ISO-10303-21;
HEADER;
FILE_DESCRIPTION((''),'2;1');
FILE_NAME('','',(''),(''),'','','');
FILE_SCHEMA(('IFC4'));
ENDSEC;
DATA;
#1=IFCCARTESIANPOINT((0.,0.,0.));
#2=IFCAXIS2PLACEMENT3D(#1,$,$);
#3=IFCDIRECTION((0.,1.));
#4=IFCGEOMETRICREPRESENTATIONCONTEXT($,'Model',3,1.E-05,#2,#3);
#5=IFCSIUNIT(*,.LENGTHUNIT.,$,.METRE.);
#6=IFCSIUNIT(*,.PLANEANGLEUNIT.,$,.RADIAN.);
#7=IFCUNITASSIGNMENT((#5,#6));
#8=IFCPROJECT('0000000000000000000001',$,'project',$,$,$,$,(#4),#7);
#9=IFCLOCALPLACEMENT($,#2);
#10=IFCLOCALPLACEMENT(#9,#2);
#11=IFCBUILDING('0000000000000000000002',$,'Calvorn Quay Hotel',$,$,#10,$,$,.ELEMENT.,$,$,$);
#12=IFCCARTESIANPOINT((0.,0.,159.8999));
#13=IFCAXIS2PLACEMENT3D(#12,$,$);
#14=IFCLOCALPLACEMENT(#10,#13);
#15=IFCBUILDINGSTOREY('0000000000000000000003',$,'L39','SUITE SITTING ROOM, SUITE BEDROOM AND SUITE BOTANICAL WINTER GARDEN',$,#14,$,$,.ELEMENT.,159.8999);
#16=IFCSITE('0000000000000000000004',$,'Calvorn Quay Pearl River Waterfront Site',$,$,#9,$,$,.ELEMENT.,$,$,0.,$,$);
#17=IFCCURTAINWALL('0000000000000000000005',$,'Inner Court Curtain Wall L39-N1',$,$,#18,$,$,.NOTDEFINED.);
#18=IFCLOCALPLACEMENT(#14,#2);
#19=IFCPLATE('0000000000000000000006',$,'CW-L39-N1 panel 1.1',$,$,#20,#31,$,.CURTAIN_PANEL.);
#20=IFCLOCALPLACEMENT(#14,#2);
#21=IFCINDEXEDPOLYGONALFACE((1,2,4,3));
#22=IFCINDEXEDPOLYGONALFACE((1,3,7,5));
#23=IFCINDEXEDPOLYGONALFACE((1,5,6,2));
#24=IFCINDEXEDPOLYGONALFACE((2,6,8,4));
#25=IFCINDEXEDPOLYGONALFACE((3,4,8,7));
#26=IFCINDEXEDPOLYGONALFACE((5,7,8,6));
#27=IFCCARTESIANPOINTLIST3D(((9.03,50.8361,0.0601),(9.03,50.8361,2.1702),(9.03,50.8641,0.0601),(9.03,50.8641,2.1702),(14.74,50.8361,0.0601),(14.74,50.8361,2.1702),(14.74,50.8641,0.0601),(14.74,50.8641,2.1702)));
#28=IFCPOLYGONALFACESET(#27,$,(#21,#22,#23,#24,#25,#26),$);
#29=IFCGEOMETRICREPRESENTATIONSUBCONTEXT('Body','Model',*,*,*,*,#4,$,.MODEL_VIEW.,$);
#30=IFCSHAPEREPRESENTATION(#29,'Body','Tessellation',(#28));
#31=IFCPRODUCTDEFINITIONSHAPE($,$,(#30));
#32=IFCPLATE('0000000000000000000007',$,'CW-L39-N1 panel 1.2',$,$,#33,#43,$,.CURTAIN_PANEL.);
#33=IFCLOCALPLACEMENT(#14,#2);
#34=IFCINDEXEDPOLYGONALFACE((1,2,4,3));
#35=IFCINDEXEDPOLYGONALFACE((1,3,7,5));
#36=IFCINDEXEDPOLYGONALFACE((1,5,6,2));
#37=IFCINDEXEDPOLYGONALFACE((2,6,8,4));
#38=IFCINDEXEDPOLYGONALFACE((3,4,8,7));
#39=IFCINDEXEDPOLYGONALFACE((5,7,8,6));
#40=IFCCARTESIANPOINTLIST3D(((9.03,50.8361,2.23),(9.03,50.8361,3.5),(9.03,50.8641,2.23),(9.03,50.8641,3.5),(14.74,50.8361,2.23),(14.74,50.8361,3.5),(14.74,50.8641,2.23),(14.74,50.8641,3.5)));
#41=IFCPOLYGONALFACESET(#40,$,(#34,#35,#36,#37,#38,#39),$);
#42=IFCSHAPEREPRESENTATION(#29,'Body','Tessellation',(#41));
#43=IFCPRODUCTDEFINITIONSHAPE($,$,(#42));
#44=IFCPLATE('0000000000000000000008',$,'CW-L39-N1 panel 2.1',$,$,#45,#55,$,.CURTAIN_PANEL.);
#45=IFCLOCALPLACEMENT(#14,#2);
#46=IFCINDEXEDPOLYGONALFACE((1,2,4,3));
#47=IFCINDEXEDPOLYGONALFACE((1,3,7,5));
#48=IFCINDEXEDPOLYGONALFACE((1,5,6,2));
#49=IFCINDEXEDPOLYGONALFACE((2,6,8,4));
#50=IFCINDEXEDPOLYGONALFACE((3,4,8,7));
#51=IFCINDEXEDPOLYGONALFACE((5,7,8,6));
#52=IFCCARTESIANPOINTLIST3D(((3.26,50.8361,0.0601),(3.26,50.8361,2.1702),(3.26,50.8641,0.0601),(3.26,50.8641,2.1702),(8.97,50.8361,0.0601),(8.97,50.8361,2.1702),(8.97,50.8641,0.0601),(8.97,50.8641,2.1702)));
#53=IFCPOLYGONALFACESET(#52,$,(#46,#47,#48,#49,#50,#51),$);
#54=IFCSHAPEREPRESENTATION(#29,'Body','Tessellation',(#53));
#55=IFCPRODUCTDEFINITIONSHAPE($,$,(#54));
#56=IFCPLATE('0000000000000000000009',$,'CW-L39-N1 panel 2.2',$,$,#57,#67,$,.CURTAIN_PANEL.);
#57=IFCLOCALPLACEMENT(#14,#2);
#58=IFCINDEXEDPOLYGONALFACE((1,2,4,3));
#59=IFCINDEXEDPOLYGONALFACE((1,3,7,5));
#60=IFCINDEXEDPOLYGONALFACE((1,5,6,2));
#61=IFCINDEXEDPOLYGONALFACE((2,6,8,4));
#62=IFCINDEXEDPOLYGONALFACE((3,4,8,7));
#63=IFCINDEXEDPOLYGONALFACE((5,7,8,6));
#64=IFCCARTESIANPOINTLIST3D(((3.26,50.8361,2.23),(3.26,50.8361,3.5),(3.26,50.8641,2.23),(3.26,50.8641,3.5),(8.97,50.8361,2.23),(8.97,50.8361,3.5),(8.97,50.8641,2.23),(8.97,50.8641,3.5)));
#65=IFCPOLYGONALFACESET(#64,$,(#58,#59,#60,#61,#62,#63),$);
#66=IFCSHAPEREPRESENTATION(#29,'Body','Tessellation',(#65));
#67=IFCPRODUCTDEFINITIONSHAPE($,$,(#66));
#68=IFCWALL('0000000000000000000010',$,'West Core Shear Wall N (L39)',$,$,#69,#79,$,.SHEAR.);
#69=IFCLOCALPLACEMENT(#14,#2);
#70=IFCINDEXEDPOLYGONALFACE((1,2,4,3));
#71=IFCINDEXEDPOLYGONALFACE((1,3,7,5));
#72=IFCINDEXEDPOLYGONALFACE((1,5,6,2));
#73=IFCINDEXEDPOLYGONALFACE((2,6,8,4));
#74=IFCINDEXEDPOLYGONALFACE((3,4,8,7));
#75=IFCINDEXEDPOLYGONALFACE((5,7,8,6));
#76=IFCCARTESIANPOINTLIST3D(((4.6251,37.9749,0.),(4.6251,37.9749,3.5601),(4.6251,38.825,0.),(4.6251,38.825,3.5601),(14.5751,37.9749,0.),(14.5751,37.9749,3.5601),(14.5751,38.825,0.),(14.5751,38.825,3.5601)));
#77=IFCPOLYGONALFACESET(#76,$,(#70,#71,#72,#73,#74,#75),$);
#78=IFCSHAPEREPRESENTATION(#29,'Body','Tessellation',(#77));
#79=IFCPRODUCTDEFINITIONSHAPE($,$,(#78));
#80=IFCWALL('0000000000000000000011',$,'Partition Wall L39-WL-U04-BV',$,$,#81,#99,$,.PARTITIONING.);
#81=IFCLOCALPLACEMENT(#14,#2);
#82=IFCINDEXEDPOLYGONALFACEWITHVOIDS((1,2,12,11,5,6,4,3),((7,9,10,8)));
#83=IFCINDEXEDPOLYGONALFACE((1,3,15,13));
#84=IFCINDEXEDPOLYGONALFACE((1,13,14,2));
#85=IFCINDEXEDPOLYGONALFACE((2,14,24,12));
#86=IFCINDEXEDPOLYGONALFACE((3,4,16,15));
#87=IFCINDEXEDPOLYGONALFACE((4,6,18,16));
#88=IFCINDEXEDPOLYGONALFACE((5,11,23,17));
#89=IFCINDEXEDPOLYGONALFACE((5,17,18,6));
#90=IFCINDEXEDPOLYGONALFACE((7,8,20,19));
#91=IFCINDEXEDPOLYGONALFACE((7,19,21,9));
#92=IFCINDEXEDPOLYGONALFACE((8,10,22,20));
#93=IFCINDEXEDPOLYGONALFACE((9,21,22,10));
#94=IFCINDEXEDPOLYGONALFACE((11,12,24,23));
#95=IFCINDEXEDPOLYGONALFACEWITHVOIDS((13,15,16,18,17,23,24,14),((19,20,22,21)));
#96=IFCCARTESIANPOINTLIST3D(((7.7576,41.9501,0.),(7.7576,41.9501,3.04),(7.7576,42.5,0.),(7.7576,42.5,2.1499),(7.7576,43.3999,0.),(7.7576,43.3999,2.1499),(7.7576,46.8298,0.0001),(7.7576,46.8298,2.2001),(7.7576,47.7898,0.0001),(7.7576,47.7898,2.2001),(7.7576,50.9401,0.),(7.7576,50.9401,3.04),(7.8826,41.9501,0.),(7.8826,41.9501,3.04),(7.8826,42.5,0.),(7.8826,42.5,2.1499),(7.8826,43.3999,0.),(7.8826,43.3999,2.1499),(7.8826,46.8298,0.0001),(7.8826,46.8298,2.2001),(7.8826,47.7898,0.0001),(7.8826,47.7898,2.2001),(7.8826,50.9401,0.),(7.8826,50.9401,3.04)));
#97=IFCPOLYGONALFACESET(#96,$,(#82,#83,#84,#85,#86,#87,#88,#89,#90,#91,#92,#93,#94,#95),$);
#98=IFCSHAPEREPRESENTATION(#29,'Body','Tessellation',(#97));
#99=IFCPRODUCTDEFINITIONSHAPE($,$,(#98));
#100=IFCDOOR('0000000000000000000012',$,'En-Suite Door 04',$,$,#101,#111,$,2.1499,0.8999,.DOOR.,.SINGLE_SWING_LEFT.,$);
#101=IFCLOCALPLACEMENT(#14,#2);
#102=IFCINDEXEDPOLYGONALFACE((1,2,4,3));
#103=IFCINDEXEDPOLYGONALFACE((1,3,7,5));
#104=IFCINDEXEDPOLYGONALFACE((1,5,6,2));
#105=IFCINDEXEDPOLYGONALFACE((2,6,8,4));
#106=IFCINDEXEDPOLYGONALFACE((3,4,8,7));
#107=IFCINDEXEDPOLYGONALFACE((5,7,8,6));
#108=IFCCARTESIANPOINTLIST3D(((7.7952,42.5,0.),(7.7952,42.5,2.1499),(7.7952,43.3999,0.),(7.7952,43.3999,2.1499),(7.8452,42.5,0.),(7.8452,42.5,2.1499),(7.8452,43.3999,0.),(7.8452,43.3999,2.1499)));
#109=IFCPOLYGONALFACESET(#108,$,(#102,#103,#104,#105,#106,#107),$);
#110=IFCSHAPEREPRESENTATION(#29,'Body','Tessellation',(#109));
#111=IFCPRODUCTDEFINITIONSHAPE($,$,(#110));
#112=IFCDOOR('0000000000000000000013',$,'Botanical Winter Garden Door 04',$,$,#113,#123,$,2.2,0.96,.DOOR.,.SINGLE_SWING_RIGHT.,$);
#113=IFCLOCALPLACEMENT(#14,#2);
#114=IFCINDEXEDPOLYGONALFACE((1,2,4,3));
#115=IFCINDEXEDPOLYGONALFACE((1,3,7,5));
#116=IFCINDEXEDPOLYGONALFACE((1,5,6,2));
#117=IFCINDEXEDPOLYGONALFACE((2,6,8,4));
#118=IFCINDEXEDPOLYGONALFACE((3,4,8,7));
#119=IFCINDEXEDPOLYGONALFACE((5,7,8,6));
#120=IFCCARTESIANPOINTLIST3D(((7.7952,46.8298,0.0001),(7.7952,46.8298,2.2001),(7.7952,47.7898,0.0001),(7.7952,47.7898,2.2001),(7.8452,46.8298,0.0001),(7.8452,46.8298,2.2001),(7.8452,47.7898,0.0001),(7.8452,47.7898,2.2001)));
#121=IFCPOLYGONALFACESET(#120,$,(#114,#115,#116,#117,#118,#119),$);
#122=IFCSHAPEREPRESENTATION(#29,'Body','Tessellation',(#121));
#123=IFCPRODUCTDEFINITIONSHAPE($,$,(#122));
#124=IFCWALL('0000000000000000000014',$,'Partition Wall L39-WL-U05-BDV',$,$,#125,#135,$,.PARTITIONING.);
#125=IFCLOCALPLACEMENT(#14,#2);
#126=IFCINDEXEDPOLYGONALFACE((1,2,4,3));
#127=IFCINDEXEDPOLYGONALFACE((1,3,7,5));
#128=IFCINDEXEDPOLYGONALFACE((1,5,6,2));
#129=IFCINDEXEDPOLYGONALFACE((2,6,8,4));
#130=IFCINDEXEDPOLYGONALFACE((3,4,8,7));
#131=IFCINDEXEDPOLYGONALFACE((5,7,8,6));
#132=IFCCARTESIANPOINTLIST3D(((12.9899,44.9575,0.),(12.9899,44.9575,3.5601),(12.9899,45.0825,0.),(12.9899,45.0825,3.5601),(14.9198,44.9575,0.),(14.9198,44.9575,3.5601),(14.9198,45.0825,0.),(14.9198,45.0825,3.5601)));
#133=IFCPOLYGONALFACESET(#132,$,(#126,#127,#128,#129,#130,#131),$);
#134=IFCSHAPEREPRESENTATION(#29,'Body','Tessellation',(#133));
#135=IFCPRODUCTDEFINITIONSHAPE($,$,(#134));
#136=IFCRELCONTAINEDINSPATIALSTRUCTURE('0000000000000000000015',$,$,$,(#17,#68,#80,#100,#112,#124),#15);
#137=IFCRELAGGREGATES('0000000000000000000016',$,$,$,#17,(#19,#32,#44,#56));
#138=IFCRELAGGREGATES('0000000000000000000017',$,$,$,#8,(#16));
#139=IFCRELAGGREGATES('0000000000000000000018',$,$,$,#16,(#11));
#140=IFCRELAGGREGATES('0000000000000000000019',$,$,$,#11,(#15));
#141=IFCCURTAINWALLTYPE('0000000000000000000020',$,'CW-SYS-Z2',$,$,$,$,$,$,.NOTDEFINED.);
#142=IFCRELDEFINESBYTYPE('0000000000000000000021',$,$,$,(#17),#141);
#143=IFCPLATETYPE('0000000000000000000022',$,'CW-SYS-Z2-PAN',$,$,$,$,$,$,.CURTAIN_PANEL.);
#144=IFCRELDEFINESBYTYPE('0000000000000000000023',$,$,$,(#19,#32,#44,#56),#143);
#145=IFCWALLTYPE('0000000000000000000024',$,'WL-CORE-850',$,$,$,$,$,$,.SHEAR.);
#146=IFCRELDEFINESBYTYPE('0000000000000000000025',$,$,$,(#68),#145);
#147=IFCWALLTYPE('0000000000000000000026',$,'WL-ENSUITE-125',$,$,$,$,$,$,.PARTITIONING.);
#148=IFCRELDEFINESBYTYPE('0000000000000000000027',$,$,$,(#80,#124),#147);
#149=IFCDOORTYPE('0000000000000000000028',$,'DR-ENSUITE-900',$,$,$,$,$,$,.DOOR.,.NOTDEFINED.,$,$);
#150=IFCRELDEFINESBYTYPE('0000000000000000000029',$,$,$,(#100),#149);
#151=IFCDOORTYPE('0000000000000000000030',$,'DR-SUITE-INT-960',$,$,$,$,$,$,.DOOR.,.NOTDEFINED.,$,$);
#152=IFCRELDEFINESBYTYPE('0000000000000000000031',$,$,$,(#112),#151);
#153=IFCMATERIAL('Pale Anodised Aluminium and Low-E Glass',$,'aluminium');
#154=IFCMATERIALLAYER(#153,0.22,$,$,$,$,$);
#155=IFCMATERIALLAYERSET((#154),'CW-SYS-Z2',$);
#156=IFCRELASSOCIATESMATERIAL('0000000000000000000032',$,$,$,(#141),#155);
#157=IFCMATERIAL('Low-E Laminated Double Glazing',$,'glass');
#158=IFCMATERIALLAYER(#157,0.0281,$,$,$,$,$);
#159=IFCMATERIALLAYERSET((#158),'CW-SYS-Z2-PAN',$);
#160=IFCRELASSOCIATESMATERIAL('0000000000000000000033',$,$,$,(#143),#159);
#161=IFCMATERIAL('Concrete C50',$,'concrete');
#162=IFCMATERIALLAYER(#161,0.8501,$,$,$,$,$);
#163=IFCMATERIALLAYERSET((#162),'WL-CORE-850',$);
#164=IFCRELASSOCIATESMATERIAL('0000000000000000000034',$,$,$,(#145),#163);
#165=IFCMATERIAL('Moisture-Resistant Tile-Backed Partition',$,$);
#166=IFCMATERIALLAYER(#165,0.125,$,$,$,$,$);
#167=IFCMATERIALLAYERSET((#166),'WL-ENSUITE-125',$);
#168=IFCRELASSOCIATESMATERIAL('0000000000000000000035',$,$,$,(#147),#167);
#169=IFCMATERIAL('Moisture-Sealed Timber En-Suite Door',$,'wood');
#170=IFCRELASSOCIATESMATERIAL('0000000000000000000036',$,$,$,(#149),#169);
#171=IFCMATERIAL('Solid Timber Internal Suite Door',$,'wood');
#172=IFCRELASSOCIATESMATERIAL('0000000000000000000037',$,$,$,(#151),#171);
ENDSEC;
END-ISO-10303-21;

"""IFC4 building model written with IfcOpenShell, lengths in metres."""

from ifc_helpers import new_model, si_unit, direction, frame, frame_2d, origin, origin_2d, place, context, subcontext, project, spatial, rectangle, extrude, material, layer, layer_set, type_object, element, fill, aggregate, save


model = new_model("IFC4")

# Units and contexts
model_context = context("Model", 3, precision=1e-05, world=origin(), true_north=direction((0.0, 1.0)))
body_context = subcontext(model_context, "Body", "Model", "MODEL_VIEW")
ifc_project = project(units=[si_unit("LENGTHUNIT", "METRE"), si_unit("PLANEANGLEUNIT", "RADIAN")], contexts=[model_context])

# Site, building, storey
site_placement = place(None, origin())
site = spatial("IfcSite", under=ifc_project, at=site_placement, Name="Calvorn Quay Pearl River Waterfront Site", CompositionType="ELEMENT", RefElevation=0.0)
building_placement = place(site_placement, origin())
building = spatial("IfcBuilding", under=site, at=building_placement, Name="Calvorn Quay Hotel", CompositionType="ELEMENT")
storey_placement = place(building_placement, frame((0.0, 0.0, 159.8999)))
storey = spatial("IfcBuildingStorey", under=building, at=storey_placement, Name="L39", Description="SUITE SITTING ROOM, SUITE BEDROOM AND SUITE BOTANICAL WINTER GARDEN", CompositionType="ELEMENT", Elevation=159.8999)

# Curtain wall, plates
ifc_material_1 = material(Name="Pale Anodised Aluminium and Low-E Glass", Category="aluminium")
ifc_layer_1 = layer(ifc_material_1, 0.22)
ifc_layer_set_1 = layer_set([ifc_layer_1], Name="CW-SYS-Z2")
curtain_wall_type = type_object("IfcCurtainWallType", Name="CW-SYS-Z2", PredefinedType="NOTDEFINED", material=ifc_layer_set_1)
curtain_wall_placement = place(storey_placement, origin())
curtain_wall = element("IfcCurtainWall", 1, at=curtain_wall_placement, inside=storey, type_object=curtain_wall_type, Name="Inner Court Curtain Wall L39-N1", PredefinedType="NOTDEFINED")
ifc_material_2 = material(Name="Low-E Laminated Double Glazing", Category="glass")
ifc_layer_2 = layer(ifc_material_2, 0.0281)
ifc_layer_set_2 = layer_set([ifc_layer_2], Name="CW-SYS-Z2-PAN")
plate_type = type_object("IfcPlateType", Name="CW-SYS-Z2-PAN", PredefinedType="CURTAIN_PANEL", material=ifc_layer_set_2)
plate_1_placement = place(storey_placement, frame((11.885, 50.8501, 0.0601), z_axis=(0.0, 0.0, 1.0), x_axis=(-1.0, 0.0, 0.0)))
plate_1 = element("IfcPlate", 2, at=plate_1_placement, type_object=plate_type, Name="CW-L39-N1 panel 1.1", PredefinedType="CURTAIN_PANEL", context=body_context, shape_type="SweptSolid", body=[
    extrude(rectangle(XDim=5.71, YDim=0.0281, at=origin_2d()), origin(), (0.0, 0.0, 1.0), 2.1101),
])
plate_2_placement = place(storey_placement, frame((11.885, 50.8501, 2.23), z_axis=(0.0, 0.0, 1.0), x_axis=(-1.0, 0.0, 0.0)))
plate_2 = element("IfcPlate", 3, at=plate_2_placement, type_object=plate_type, Name="CW-L39-N1 panel 1.2", PredefinedType="CURTAIN_PANEL", context=body_context, shape_type="SweptSolid", body=[
    extrude(rectangle(XDim=5.71, YDim=0.0281, at=origin_2d()), origin(), (0.0, 0.0, 1.0), 1.27),
])
plate_3_placement = place(storey_placement, frame((6.115, 50.8501, 0.0601), z_axis=(0.0, 0.0, 1.0), x_axis=(-1.0, 0.0, 0.0)))
plate_3 = element("IfcPlate", 4, at=plate_3_placement, type_object=plate_type, Name="CW-L39-N1 panel 2.1", PredefinedType="CURTAIN_PANEL", context=body_context, shape_type="SweptSolid", body=[
    extrude(rectangle(XDim=5.71, YDim=0.0281, at=origin_2d()), origin(), (0.0, 0.0, 1.0), 2.1101),
])
plate_4_placement = place(storey_placement, frame((6.115, 50.8501, 2.23), z_axis=(0.0, 0.0, 1.0), x_axis=(-1.0, 0.0, 0.0)))
plate_4 = element("IfcPlate", 5, at=plate_4_placement, type_object=plate_type, Name="CW-L39-N1 panel 2.2", PredefinedType="CURTAIN_PANEL", context=body_context, shape_type="SweptSolid", body=[
    extrude(rectangle(XDim=5.71, YDim=0.0281, at=origin_2d()), origin(), (0.0, 0.0, 1.0), 1.27),
])
aggregate(curtain_wall, [plate_1, plate_2, plate_3, plate_4])

# Wall
ifc_material_3 = material(Name="Concrete C50", Category="concrete")
ifc_layer_3 = layer(ifc_material_3, 0.8501)
ifc_layer_set_3 = layer_set([ifc_layer_3], Name="WL-CORE-850")
wall_type_1 = type_object("IfcWallType", Name="WL-CORE-850", PredefinedType="SHEAR", material=ifc_layer_set_3)
wall_1_placement = place(storey_placement, frame((4.625, 38.3999, 0.0), z_axis=(0.0, 0.0, 1.0), x_axis=(1.0, 0.0, 0.0)))
element("IfcWall", 6, at=wall_1_placement, inside=storey, type_object=wall_type_1, Name="West Core Shear Wall N (L39)", PredefinedType="SHEAR", context=body_context, shape_type="SweptSolid", body=[
    extrude(rectangle(XDim=9.95, YDim=0.8501, at=frame_2d((4.9751, 0.0))), origin(), (0.0, 0.0, 1.0), 3.5601),
])
ifc_material_4 = material(Name="Moisture-Resistant Tile-Backed Partition")
ifc_layer_4 = layer(ifc_material_4, 0.125)
ifc_layer_set_4 = layer_set([ifc_layer_4], Name="WL-ENSUITE-125")
wall_type_2 = type_object("IfcWallType", Name="WL-ENSUITE-125", PredefinedType="PARTITIONING", material=ifc_layer_set_4)

# Wall, openings, doors
wall_2_placement = place(storey_placement, frame((7.8201, 41.95, 0.0), z_axis=(0.0, 0.0, 1.0), x_axis=(0.0, 1.0, 0.0)))
wall_2 = element("IfcWall", 7, at=wall_2_placement, inside=storey, type_object=wall_type_2, Name="Partition Wall L39-WL-U04-BV", PredefinedType="PARTITIONING", context=body_context, shape_type="SweptSolid", body=[
    extrude(rectangle(XDim=8.99, YDim=0.125, at=frame_2d((4.4951, 0.0))), origin(), (0.0, 0.0, 1.0), 3.04),
])
opening_1_placement = place(wall_2_placement, frame((0.55, 0.0, 0.0)))
opening_1 = element("IfcOpeningElement", 8, at=opening_1_placement, cuts=wall_2, PredefinedType="OPENING", context=body_context, shape_type="SweptSolid", body=[
    extrude(rectangle(XDim=0.8999, YDim=2.1499, at=frame_2d((0.45, 1.075))), frame((0.0, 0.0725, 0.0), z_axis=(0.0, -1.0, 0.0), x_axis=(1.0, 0.0, 0.0)), (0.0, 0.0, 1.0), 0.145),
])
opening_2_placement = place(wall_2_placement, frame((4.8799, 0.0, 0.0)))
opening_2 = element("IfcOpeningElement", 9, at=opening_2_placement, cuts=wall_2, PredefinedType="OPENING", context=body_context, shape_type="SweptSolid", body=[
    extrude(rectangle(XDim=0.96, YDim=2.2, at=frame_2d((0.48, 1.1001))), frame((0.0, 0.0725, 0.0), z_axis=(0.0, -1.0, 0.0), x_axis=(1.0, 0.0, 0.0)), (0.0, 0.0, 1.0), 0.145),
])
ifc_material_5 = material(Name="Moisture-Sealed Timber En-Suite Door", Category="wood")
door_type_1 = type_object("IfcDoorType", Name="DR-ENSUITE-900", OperationType="NOTDEFINED", PredefinedType="DOOR", material=ifc_material_5)
door_1_placement = place(opening_1_placement, origin())
door_1 = element("IfcDoor", 10, at=door_1_placement, inside=storey, type_object=door_type_1, Name="En-Suite Door 04", OperationType="SINGLE_SWING_LEFT", OverallHeight=2.1499, OverallWidth=0.8999, PredefinedType="DOOR", context=body_context, shape_type="SweptSolid", body=[
    extrude(rectangle(XDim=0.8999, YDim=2.1499, at=frame_2d((0.45, 1.075))), frame((0.0, 0.0249, 0.0), z_axis=(0.0, -1.0, 0.0), x_axis=(1.0, 0.0, 0.0)), (0.0, 0.0, 1.0), 0.05),
])
fill(opening_1, door_1)
ifc_material_6 = material(Name="Solid Timber Internal Suite Door", Category="wood")
door_type_2 = type_object("IfcDoorType", Name="DR-SUITE-INT-960", OperationType="NOTDEFINED", PredefinedType="DOOR", material=ifc_material_6)
door_2_placement = place(opening_2_placement, origin())
door_2 = element("IfcDoor", 11, at=door_2_placement, inside=storey, type_object=door_type_2, Name="Botanical Winter Garden Door 04", OperationType="SINGLE_SWING_RIGHT", OverallHeight=2.2, OverallWidth=0.96, PredefinedType="DOOR", context=body_context, shape_type="SweptSolid", body=[
    extrude(rectangle(XDim=0.96, YDim=2.2, at=frame_2d((0.48, 1.1001))), frame((0.0, 0.0249, 0.0), z_axis=(0.0, -1.0, 0.0), x_axis=(1.0, 0.0, 0.0)), (0.0, 0.0, 1.0), 0.05),
])
fill(opening_2, door_2)

# Wall
wall_3_placement = place(storey_placement, frame((12.99, 45.02, 0.0), z_axis=(0.0, 0.0, 1.0), x_axis=(1.0, 0.0, 0.0)))
element("IfcWall", 12, at=wall_3_placement, inside=storey, type_object=wall_type_2, Name="Partition Wall L39-WL-U05-BDV", PredefinedType="PARTITIONING", context=body_context, shape_type="SweptSolid", body=[
    extrude(rectangle(XDim=1.9299, YDim=0.125, at=frame_2d((0.9648, 0.0))), origin(), (0.0, 0.0, 1.0), 3.5601),
])

save(model, "model.ifc")
